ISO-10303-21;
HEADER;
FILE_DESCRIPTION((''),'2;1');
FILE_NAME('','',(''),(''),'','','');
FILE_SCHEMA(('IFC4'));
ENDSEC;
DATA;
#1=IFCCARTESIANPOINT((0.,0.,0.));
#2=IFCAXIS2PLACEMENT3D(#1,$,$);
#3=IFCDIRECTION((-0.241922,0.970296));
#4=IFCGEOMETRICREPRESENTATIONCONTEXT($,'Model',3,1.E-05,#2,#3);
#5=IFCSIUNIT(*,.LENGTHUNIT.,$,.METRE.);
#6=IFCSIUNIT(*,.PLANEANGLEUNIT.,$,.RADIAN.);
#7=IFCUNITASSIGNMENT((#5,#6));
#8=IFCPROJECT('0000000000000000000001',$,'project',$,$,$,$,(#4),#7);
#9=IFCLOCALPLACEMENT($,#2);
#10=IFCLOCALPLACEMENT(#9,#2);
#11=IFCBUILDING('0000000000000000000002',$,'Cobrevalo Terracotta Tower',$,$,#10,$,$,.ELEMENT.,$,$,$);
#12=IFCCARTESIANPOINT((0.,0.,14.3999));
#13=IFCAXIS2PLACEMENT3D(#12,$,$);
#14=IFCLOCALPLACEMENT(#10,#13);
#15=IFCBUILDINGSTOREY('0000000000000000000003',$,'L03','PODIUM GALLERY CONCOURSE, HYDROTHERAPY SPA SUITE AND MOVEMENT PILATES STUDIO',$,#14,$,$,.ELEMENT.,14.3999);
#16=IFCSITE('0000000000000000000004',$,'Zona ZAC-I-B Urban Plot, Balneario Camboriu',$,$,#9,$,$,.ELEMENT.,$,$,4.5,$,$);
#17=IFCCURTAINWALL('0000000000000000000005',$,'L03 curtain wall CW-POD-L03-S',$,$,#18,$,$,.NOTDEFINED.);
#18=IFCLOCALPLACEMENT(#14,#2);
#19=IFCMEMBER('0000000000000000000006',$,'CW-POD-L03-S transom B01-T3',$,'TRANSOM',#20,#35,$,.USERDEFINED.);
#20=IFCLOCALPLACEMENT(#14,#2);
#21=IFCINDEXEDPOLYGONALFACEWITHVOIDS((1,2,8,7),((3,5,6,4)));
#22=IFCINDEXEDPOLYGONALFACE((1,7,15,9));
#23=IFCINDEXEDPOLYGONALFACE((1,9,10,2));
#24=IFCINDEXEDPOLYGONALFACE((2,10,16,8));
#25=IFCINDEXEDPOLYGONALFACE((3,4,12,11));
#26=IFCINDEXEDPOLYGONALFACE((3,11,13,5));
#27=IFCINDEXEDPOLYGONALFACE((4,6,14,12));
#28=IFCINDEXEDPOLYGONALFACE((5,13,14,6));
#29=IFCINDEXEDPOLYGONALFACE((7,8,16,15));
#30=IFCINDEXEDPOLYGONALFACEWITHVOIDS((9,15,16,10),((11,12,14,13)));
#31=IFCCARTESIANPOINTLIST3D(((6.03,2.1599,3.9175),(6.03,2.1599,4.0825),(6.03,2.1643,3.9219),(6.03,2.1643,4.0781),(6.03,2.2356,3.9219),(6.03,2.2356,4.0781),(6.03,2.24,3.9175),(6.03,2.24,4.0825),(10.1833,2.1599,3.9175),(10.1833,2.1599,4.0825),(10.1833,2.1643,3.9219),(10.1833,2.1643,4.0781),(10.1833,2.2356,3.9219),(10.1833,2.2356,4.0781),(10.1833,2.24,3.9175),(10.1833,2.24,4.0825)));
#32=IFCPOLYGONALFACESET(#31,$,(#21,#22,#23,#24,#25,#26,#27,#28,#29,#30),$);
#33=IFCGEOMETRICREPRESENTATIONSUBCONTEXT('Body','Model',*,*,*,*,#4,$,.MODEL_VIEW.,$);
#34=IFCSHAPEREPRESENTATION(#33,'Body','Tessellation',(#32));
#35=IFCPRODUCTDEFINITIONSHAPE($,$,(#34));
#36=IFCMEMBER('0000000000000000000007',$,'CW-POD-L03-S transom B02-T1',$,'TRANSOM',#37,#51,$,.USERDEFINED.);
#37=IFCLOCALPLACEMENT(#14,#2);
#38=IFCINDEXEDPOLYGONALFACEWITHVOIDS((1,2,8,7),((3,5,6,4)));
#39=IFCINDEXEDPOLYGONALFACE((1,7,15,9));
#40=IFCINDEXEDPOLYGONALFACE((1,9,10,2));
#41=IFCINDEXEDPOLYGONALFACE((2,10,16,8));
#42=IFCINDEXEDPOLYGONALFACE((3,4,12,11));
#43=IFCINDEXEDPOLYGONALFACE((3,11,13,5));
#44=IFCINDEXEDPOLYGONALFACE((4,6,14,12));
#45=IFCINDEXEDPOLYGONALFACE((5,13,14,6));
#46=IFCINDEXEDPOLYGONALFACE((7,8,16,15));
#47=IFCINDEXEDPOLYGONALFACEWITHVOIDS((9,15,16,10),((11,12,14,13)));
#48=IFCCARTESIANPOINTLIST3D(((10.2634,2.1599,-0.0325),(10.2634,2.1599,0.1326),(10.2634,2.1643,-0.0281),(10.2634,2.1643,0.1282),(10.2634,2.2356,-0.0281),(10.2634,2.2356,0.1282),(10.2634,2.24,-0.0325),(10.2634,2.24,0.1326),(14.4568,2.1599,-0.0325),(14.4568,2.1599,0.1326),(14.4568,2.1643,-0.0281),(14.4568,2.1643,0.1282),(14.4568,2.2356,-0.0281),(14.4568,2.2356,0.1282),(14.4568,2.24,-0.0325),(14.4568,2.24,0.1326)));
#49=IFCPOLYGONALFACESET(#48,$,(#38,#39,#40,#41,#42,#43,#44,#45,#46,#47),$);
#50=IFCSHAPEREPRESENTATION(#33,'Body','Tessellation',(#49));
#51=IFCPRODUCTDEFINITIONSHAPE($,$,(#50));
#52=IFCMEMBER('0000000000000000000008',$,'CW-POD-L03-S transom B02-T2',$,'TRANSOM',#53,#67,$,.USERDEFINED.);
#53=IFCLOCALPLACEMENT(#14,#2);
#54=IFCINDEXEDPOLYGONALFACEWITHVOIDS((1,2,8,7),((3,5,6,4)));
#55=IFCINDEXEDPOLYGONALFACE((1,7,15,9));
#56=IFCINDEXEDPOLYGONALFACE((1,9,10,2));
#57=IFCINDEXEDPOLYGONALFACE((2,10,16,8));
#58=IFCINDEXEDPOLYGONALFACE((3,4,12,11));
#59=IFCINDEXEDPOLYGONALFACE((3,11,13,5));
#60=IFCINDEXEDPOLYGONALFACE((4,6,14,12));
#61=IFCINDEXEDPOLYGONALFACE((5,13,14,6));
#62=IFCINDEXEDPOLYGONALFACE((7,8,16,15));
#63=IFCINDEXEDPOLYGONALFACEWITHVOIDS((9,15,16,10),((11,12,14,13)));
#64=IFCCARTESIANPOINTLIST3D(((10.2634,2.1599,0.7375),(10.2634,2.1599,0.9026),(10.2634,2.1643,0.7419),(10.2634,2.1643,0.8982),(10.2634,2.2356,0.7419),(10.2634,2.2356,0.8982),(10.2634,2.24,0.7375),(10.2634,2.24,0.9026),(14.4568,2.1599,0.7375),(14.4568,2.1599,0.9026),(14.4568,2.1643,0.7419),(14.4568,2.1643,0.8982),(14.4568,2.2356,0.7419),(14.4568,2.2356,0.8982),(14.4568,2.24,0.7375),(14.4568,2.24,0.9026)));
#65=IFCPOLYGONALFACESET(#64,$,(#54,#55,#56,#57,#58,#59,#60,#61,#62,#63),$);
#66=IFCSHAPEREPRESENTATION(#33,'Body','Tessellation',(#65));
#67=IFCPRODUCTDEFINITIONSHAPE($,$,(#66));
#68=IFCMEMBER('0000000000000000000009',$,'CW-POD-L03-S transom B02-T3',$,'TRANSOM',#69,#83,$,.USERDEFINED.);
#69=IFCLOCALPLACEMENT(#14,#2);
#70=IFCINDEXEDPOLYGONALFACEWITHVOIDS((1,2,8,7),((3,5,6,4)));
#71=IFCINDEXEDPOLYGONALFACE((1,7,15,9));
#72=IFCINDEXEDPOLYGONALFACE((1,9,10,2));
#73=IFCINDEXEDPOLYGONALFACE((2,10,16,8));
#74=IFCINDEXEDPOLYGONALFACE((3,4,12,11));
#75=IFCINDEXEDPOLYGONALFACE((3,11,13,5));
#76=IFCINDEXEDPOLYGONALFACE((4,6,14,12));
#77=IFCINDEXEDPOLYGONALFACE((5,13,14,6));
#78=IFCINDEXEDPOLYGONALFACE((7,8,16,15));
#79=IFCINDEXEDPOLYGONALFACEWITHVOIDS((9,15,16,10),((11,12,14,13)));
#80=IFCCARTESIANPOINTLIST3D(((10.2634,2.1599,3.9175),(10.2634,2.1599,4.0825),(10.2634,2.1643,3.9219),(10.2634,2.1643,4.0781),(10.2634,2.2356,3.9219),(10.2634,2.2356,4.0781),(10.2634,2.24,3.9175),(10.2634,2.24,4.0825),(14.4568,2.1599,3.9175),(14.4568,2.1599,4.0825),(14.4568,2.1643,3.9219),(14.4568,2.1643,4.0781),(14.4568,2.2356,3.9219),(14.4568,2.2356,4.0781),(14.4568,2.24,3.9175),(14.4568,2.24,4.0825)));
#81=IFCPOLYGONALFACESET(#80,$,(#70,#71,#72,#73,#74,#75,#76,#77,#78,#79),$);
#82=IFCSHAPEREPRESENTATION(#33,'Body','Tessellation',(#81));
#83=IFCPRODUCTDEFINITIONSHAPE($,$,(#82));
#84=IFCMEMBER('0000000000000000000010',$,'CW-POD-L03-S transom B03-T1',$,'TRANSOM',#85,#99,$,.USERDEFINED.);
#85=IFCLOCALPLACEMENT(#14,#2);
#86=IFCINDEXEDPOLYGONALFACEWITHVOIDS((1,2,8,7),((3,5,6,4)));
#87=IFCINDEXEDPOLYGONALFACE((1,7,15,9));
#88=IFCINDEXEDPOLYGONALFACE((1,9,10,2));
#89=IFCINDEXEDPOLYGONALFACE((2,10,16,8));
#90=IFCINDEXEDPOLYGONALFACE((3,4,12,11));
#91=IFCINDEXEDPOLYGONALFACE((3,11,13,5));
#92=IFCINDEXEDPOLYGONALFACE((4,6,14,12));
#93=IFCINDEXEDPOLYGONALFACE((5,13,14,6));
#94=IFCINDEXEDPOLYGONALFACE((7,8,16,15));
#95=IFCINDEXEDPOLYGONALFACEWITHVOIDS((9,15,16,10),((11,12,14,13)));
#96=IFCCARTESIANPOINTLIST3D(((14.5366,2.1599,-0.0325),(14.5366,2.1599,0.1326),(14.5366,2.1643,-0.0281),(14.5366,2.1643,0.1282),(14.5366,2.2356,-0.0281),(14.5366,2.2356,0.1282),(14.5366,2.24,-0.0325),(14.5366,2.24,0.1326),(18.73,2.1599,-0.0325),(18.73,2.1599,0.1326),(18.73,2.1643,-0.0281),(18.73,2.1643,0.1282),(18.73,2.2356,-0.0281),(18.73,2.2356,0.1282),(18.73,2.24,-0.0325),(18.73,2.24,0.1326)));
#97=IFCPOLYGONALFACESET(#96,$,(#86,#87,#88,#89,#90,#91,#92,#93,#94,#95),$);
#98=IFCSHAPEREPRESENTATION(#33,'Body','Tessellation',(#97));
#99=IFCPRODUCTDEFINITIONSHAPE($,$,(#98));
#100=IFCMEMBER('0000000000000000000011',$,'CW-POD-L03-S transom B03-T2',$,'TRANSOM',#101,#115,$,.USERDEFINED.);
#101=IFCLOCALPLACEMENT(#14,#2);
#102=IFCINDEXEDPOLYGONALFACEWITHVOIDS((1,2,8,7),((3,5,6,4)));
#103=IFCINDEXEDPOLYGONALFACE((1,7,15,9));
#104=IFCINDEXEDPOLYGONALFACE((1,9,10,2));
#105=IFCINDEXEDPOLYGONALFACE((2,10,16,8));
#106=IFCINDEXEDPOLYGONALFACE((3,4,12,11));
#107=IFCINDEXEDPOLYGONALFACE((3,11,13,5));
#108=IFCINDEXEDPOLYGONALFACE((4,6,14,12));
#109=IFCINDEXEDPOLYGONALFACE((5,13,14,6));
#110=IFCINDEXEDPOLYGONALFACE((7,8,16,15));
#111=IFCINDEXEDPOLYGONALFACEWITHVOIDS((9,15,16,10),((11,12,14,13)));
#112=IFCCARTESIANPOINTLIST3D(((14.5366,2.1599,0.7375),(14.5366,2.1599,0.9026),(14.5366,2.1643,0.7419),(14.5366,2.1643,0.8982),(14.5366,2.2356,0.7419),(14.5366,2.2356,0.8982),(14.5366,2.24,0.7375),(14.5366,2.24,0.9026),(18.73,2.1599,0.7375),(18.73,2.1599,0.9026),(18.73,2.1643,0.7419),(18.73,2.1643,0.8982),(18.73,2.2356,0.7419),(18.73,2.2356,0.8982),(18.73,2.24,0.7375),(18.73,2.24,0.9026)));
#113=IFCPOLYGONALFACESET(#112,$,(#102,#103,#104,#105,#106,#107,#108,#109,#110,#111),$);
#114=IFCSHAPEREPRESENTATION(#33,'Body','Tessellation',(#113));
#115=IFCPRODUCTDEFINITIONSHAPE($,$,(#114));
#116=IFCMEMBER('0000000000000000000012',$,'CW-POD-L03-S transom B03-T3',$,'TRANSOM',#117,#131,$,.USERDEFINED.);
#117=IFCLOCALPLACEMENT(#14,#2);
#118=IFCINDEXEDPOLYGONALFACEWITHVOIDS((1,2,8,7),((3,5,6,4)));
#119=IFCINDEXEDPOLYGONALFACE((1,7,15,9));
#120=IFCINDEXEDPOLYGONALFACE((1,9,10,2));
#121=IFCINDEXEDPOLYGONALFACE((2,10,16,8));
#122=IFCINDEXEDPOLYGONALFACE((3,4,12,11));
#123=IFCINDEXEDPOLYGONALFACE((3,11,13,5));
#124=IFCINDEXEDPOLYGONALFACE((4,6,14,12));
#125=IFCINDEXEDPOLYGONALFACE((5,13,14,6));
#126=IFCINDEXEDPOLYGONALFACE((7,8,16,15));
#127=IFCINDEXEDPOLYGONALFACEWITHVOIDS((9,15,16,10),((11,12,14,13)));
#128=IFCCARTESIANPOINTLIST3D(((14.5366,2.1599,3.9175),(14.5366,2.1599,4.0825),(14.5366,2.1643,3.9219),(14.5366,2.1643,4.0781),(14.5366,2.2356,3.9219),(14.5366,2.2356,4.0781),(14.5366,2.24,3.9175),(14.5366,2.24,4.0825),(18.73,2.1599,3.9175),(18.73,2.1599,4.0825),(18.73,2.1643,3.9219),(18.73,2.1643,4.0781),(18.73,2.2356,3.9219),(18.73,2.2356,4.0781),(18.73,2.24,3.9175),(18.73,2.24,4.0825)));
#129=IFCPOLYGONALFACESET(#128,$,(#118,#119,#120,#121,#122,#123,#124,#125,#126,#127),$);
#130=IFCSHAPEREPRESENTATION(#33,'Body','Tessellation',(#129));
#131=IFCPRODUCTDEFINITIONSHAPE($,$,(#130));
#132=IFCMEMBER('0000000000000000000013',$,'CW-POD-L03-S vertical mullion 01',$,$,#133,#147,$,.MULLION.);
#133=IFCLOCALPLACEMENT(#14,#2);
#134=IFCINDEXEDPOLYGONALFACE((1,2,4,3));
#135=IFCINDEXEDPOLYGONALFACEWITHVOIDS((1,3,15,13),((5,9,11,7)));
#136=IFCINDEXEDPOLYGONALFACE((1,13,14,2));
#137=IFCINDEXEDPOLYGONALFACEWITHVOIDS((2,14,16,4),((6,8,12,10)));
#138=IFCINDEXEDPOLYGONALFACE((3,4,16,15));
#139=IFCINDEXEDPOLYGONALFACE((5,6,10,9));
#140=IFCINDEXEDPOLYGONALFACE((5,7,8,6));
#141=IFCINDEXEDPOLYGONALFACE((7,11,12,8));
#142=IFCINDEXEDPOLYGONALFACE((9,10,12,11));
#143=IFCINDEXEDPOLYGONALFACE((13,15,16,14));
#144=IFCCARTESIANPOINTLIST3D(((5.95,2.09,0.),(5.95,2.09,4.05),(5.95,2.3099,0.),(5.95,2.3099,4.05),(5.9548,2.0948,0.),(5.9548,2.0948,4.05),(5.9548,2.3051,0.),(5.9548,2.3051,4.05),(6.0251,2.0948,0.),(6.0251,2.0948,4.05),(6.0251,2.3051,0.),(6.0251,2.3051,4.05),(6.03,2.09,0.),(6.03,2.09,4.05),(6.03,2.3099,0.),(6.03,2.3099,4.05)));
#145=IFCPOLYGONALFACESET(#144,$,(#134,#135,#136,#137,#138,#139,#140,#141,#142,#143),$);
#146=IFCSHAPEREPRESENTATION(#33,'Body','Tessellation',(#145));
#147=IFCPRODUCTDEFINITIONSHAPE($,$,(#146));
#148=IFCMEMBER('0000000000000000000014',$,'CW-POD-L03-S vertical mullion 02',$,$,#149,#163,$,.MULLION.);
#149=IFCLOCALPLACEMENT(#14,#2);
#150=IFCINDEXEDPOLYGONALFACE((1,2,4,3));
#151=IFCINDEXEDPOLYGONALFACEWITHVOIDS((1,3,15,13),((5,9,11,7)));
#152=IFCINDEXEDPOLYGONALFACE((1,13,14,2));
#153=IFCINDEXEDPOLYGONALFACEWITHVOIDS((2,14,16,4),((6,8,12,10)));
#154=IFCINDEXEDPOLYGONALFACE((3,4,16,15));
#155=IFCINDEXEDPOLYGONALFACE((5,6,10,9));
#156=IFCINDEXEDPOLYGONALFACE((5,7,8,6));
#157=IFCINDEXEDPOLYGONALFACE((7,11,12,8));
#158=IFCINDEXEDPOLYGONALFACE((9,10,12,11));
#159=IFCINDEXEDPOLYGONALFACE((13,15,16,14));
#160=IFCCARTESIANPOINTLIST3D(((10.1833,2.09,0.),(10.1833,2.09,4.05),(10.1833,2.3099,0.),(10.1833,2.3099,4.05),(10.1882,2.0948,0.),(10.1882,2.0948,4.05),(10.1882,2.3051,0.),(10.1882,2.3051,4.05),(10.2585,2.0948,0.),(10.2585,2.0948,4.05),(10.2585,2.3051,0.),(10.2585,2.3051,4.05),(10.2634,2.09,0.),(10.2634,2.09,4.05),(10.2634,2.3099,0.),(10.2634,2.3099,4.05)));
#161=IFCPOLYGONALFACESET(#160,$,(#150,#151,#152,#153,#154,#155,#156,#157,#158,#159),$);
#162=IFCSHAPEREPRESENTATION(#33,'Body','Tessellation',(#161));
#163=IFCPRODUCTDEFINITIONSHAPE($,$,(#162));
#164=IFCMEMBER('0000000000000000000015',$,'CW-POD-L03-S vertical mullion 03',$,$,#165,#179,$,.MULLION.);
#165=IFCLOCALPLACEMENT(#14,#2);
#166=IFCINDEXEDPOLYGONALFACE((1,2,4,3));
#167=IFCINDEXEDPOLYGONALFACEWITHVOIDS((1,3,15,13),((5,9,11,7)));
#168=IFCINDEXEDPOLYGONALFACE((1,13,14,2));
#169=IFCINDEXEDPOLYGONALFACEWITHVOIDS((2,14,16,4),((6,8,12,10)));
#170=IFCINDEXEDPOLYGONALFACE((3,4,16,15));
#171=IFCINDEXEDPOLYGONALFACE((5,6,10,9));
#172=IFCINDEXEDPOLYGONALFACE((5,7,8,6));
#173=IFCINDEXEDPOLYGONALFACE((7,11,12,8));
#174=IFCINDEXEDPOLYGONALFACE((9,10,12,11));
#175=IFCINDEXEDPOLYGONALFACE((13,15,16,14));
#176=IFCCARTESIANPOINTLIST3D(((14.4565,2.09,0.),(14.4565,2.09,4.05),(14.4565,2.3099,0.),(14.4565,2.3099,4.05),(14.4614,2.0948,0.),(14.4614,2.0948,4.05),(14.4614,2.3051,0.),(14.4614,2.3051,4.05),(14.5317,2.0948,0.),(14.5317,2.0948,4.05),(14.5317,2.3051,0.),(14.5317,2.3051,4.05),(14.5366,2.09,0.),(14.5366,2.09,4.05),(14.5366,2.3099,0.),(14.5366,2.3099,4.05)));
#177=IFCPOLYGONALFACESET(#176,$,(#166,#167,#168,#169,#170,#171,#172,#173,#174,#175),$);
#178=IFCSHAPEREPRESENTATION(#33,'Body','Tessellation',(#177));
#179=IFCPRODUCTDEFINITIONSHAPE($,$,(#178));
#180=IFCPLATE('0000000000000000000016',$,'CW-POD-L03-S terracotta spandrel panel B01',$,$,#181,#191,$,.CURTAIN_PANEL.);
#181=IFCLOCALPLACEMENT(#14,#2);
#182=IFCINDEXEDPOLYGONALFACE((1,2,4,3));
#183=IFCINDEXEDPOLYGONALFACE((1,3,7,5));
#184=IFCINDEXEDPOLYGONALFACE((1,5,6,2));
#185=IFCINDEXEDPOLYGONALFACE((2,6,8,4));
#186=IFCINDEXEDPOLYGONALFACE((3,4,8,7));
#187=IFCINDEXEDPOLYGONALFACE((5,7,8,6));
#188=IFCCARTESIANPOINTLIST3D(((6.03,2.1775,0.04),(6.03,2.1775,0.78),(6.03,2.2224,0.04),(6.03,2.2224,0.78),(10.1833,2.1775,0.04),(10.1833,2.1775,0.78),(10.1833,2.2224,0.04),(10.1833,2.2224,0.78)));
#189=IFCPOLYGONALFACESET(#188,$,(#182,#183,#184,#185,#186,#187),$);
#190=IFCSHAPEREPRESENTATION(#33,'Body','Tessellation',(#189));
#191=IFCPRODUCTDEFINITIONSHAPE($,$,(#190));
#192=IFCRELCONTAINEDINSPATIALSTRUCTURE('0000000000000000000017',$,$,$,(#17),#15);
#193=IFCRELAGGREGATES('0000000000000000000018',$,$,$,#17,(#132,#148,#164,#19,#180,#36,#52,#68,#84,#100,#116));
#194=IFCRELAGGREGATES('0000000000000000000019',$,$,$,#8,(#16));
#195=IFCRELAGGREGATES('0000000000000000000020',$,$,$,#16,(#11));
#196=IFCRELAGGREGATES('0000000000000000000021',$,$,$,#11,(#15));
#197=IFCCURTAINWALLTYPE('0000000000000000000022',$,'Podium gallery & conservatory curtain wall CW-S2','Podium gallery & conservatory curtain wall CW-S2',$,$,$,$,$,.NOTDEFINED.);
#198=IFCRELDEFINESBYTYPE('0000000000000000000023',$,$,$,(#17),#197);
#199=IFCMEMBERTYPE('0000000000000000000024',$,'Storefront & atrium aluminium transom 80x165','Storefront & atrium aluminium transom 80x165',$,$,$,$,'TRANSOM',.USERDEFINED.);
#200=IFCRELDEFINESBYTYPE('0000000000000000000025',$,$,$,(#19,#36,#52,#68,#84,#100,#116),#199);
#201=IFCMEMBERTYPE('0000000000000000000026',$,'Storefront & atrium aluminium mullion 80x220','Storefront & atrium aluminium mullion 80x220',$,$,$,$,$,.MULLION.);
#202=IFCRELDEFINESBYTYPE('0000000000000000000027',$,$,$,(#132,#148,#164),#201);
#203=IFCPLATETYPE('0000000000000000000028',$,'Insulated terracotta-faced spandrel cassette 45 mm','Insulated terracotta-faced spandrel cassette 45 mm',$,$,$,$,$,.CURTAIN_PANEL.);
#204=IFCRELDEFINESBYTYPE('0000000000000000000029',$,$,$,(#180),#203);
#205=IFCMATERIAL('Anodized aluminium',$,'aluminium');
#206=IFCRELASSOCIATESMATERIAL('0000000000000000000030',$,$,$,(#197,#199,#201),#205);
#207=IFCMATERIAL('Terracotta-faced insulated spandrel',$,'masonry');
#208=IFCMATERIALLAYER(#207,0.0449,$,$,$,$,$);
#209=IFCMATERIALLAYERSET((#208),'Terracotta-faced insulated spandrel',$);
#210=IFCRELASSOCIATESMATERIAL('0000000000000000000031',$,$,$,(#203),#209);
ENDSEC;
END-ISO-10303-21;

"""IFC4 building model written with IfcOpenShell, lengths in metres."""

from ifc_helpers import new_model, si_unit, direction, frame, origin, origin_2d, place, context, subcontext, project, spatial, rectangle, hollow_rectangle, extrude, source, transform, mapped, material, layer, layer_set, material_profile, profile_set, type_object, element, aggregate, save


model = new_model("IFC4")

# Units and contexts
model_context = context("Model", 3, precision=1e-05, world=origin(), true_north=direction((-0.241922, 0.970296)))
body_context = subcontext(model_context, "Body", "Model", "MODEL_VIEW")
ifc_project = project(units=[si_unit("LENGTHUNIT", "METRE"), si_unit("PLANEANGLEUNIT", "RADIAN")], contexts=[model_context])

# Site, building, storey
site_placement = place(None, origin())
site = spatial("IfcSite", under=ifc_project, at=site_placement, Name="Zona ZAC-I-B Urban Plot, Balneario Camboriu", CompositionType="ELEMENT", RefElevation=4.5)
building_placement = place(site_placement, origin())
building = spatial("IfcBuilding", under=site, at=building_placement, Name="Cobrevalo Terracotta Tower", CompositionType="ELEMENT")
storey_placement = place(building_placement, frame((0.0, 0.0, 14.3999)))
storey = spatial("IfcBuildingStorey", under=building, at=storey_placement, Name="L03", Description="PODIUM GALLERY CONCOURSE, HYDROTHERAPY SPA SUITE AND MOVEMENT PILATES STUDIO", CompositionType="ELEMENT", Elevation=14.3999)

# Curtain wall, members, plate
ifc_material_1 = material(Name="Anodized aluminium", Category="aluminium")
curtain_wall_type = type_object("IfcCurtainWallType", Name="Podium gallery & conservatory curtain wall CW-S2", Description="Podium gallery & conservatory curtain wall CW-S2", PredefinedType="NOTDEFINED", material=ifc_material_1)
curtain_wall_placement = place(storey_placement, origin())
curtain_wall = element("IfcCurtainWall", 1, at=curtain_wall_placement, inside=storey, type_object=curtain_wall_type, Name="L03 curtain wall CW-POD-L03-S", PredefinedType="NOTDEFINED")
ifc_material_profile_1 = material_profile(ifc_material_1, hollow_rectangle(XDim=0.0801, YDim=0.165, WallThickness=0.0044, at=origin_2d()), Name="CWT 80x165")
ifc_profile_set_1 = profile_set([ifc_material_profile_1], Name="Anodized aluminium")
member_type_1 = type_object("IfcMemberType", Name="Storefront & atrium aluminium transom 80x165", Description="Storefront & atrium aluminium transom 80x165", ElementType="TRANSOM", PredefinedType="USERDEFINED", material=ifc_profile_set_1)
shared_shape_1 = source(origin(), body_context, "Body", "SweptSolid", [
    extrude(hollow_rectangle(XDim=0.0801, YDim=0.165, WallThickness=0.0044, at=origin_2d()), origin(), (0.0, 0.0, 1.0), 4.1533),
])
member_1_placement = place(storey_placement, frame((6.03, 2.2, 4.0), z_axis=(1.0, 0.0, 0.0), x_axis=(0.0, 1.0, 0.0)))
member_1 = element("IfcMember", 2, at=member_1_placement, type_object=member_type_1, Name="CW-POD-L03-S transom B01-T3", ObjectType="TRANSOM", PredefinedType="USERDEFINED", context=body_context, shape_type="MappedRepresentation", body=[
    mapped(shared_shape_1, transform((0.0, 0.0, 0.0), scale=1.0)),
])
shared_shape_2 = source(origin(), body_context, "Body", "SweptSolid", [
    extrude(hollow_rectangle(XDim=0.0801, YDim=0.165, WallThickness=0.0044, at=origin_2d()), origin(), (0.0, 0.0, 1.0), 4.1934),
])
member_2_placement = place(storey_placement, frame((10.2634, 2.2, 0.05), z_axis=(1.0, 0.0, 0.0), x_axis=(0.0, 1.0, 0.0)))
member_2 = element("IfcMember", 3, at=member_2_placement, type_object=member_type_1, Name="CW-POD-L03-S transom B02-T1", ObjectType="TRANSOM", PredefinedType="USERDEFINED", context=body_context, shape_type="MappedRepresentation", body=[
    mapped(shared_shape_2, transform((0.0, 0.0, 0.0), scale=1.0)),
])
member_3_placement = place(storey_placement, frame((10.2634, 2.2, 0.8201), z_axis=(1.0, 0.0, 0.0), x_axis=(0.0, 1.0, 0.0)))
member_3 = element("IfcMember", 4, at=member_3_placement, type_object=member_type_1, Name="CW-POD-L03-S transom B02-T2", ObjectType="TRANSOM", PredefinedType="USERDEFINED", context=body_context, shape_type="MappedRepresentation", body=[
    mapped(shared_shape_2, transform((0.0, 0.0, 0.0), scale=1.0)),
])
member_4_placement = place(storey_placement, frame((10.2634, 2.2, 4.0), z_axis=(1.0, 0.0, 0.0), x_axis=(0.0, 1.0, 0.0)))
member_4 = element("IfcMember", 5, at=member_4_placement, type_object=member_type_1, Name="CW-POD-L03-S transom B02-T3", ObjectType="TRANSOM", PredefinedType="USERDEFINED", context=body_context, shape_type="MappedRepresentation", body=[
    mapped(shared_shape_2, transform((0.0, 0.0, 0.0), scale=1.0)),
])
member_5_placement = place(storey_placement, frame((14.5366, 2.2, 0.05), z_axis=(1.0, 0.0, 0.0), x_axis=(0.0, 1.0, 0.0)))
member_5 = element("IfcMember", 6, at=member_5_placement, type_object=member_type_1, Name="CW-POD-L03-S transom B03-T1", ObjectType="TRANSOM", PredefinedType="USERDEFINED", context=body_context, shape_type="MappedRepresentation", body=[
    mapped(shared_shape_2, transform((0.0, 0.0, 0.0), scale=1.0)),
])
member_6_placement = place(storey_placement, frame((14.5366, 2.2, 0.8201), z_axis=(1.0, 0.0, 0.0), x_axis=(0.0, 1.0, 0.0)))
member_6 = element("IfcMember", 7, at=member_6_placement, type_object=member_type_1, Name="CW-POD-L03-S transom B03-T2", ObjectType="TRANSOM", PredefinedType="USERDEFINED", context=body_context, shape_type="MappedRepresentation", body=[
    mapped(shared_shape_2, transform((0.0, 0.0, 0.0), scale=1.0)),
])
member_7_placement = place(storey_placement, frame((14.5366, 2.2, 4.0), z_axis=(1.0, 0.0, 0.0), x_axis=(0.0, 1.0, 0.0)))
member_7 = element("IfcMember", 8, at=member_7_placement, type_object=member_type_1, Name="CW-POD-L03-S transom B03-T3", ObjectType="TRANSOM", PredefinedType="USERDEFINED", context=body_context, shape_type="MappedRepresentation", body=[
    mapped(shared_shape_2, transform((0.0, 0.0, 0.0), scale=1.0)),
])
ifc_material_profile_2 = material_profile(ifc_material_1, hollow_rectangle(XDim=0.0801, YDim=0.22, WallThickness=0.0049, at=origin_2d()), Name="CWM 80x220")
ifc_profile_set_2 = profile_set([ifc_material_profile_2], Name="Anodized aluminium")
member_type_2 = type_object("IfcMemberType", Name="Storefront & atrium aluminium mullion 80x220", Description="Storefront & atrium aluminium mullion 80x220", PredefinedType="MULLION", material=ifc_profile_set_2)
shared_shape_3 = source(origin(), body_context, "Body", "SweptSolid", [
    extrude(hollow_rectangle(XDim=0.0801, YDim=0.22, WallThickness=0.0049, at=origin_2d()), origin(), (0.0, 0.0, 1.0), 4.05),
])
member_8_placement = place(storey_placement, frame((5.99, 2.2, 0.0), z_axis=(0.0, 0.0, 1.0), x_axis=(1.0, 0.0, 0.0)))
member_8 = element("IfcMember", 9, at=member_8_placement, type_object=member_type_2, Name="CW-POD-L03-S vertical mullion 01", PredefinedType="MULLION", context=body_context, shape_type="MappedRepresentation", body=[
    mapped(shared_shape_3, transform((0.0, 0.0, 0.0), scale=1.0)),
])
member_9_placement = place(storey_placement, frame((10.2234, 2.2, 0.0), z_axis=(0.0, 0.0, 1.0), x_axis=(1.0, 0.0, 0.0)))
member_9 = element("IfcMember", 10, at=member_9_placement, type_object=member_type_2, Name="CW-POD-L03-S vertical mullion 02", PredefinedType="MULLION", context=body_context, shape_type="MappedRepresentation", body=[
    mapped(shared_shape_3, transform((0.0, 0.0, 0.0), scale=1.0)),
])
member_10_placement = place(storey_placement, frame((14.4966, 2.2, 0.0), z_axis=(0.0, 0.0, 1.0), x_axis=(1.0, 0.0, 0.0)))
member_10 = element("IfcMember", 11, at=member_10_placement, type_object=member_type_2, Name="CW-POD-L03-S vertical mullion 03", PredefinedType="MULLION", context=body_context, shape_type="MappedRepresentation", body=[
    mapped(shared_shape_3, transform((0.0, 0.0, 0.0), scale=1.0)),
])
ifc_material_2 = material(Name="Terracotta-faced insulated spandrel", Category="masonry")
ifc_layer_1 = layer(ifc_material_2, 0.0449)
ifc_layer_set_1 = layer_set([ifc_layer_1], Name="Terracotta-faced insulated spandrel")
plate_type_1 = type_object("IfcPlateType", Name="Insulated terracotta-faced spandrel cassette 45 mm", Description="Insulated terracotta-faced spandrel cassette 45 mm", PredefinedType="CURTAIN_PANEL", material=ifc_layer_set_1)
shared_shape_4 = source(origin(), body_context, "Body", "SweptSolid", [
    extrude(rectangle(XDim=4.1533, YDim=0.0449, at=origin_2d()), origin(), (0.0, 0.0, 1.0), 0.74),
])
plate_1_placement = place(storey_placement, frame((8.1067, 2.2, 0.04), z_axis=(0.0, 0.0, 1.0), x_axis=(1.0, 0.0, 0.0)))
plate_1 = element("IfcPlate", 12, at=plate_1_placement, type_object=plate_type_1, Name="CW-POD-L03-S terracotta spandrel panel B01", PredefinedType="CURTAIN_PANEL", context=body_context, shape_type="MappedRepresentation", body=[
    mapped(shared_shape_4, transform((0.0, 0.0, 0.0), scale=1.0)),
])
aggregate(curtain_wall, [member_8, member_9, member_10, member_1, plate_1, member_2, member_3, member_4, member_5, member_6, member_7])

save(model, "model.ifc")
